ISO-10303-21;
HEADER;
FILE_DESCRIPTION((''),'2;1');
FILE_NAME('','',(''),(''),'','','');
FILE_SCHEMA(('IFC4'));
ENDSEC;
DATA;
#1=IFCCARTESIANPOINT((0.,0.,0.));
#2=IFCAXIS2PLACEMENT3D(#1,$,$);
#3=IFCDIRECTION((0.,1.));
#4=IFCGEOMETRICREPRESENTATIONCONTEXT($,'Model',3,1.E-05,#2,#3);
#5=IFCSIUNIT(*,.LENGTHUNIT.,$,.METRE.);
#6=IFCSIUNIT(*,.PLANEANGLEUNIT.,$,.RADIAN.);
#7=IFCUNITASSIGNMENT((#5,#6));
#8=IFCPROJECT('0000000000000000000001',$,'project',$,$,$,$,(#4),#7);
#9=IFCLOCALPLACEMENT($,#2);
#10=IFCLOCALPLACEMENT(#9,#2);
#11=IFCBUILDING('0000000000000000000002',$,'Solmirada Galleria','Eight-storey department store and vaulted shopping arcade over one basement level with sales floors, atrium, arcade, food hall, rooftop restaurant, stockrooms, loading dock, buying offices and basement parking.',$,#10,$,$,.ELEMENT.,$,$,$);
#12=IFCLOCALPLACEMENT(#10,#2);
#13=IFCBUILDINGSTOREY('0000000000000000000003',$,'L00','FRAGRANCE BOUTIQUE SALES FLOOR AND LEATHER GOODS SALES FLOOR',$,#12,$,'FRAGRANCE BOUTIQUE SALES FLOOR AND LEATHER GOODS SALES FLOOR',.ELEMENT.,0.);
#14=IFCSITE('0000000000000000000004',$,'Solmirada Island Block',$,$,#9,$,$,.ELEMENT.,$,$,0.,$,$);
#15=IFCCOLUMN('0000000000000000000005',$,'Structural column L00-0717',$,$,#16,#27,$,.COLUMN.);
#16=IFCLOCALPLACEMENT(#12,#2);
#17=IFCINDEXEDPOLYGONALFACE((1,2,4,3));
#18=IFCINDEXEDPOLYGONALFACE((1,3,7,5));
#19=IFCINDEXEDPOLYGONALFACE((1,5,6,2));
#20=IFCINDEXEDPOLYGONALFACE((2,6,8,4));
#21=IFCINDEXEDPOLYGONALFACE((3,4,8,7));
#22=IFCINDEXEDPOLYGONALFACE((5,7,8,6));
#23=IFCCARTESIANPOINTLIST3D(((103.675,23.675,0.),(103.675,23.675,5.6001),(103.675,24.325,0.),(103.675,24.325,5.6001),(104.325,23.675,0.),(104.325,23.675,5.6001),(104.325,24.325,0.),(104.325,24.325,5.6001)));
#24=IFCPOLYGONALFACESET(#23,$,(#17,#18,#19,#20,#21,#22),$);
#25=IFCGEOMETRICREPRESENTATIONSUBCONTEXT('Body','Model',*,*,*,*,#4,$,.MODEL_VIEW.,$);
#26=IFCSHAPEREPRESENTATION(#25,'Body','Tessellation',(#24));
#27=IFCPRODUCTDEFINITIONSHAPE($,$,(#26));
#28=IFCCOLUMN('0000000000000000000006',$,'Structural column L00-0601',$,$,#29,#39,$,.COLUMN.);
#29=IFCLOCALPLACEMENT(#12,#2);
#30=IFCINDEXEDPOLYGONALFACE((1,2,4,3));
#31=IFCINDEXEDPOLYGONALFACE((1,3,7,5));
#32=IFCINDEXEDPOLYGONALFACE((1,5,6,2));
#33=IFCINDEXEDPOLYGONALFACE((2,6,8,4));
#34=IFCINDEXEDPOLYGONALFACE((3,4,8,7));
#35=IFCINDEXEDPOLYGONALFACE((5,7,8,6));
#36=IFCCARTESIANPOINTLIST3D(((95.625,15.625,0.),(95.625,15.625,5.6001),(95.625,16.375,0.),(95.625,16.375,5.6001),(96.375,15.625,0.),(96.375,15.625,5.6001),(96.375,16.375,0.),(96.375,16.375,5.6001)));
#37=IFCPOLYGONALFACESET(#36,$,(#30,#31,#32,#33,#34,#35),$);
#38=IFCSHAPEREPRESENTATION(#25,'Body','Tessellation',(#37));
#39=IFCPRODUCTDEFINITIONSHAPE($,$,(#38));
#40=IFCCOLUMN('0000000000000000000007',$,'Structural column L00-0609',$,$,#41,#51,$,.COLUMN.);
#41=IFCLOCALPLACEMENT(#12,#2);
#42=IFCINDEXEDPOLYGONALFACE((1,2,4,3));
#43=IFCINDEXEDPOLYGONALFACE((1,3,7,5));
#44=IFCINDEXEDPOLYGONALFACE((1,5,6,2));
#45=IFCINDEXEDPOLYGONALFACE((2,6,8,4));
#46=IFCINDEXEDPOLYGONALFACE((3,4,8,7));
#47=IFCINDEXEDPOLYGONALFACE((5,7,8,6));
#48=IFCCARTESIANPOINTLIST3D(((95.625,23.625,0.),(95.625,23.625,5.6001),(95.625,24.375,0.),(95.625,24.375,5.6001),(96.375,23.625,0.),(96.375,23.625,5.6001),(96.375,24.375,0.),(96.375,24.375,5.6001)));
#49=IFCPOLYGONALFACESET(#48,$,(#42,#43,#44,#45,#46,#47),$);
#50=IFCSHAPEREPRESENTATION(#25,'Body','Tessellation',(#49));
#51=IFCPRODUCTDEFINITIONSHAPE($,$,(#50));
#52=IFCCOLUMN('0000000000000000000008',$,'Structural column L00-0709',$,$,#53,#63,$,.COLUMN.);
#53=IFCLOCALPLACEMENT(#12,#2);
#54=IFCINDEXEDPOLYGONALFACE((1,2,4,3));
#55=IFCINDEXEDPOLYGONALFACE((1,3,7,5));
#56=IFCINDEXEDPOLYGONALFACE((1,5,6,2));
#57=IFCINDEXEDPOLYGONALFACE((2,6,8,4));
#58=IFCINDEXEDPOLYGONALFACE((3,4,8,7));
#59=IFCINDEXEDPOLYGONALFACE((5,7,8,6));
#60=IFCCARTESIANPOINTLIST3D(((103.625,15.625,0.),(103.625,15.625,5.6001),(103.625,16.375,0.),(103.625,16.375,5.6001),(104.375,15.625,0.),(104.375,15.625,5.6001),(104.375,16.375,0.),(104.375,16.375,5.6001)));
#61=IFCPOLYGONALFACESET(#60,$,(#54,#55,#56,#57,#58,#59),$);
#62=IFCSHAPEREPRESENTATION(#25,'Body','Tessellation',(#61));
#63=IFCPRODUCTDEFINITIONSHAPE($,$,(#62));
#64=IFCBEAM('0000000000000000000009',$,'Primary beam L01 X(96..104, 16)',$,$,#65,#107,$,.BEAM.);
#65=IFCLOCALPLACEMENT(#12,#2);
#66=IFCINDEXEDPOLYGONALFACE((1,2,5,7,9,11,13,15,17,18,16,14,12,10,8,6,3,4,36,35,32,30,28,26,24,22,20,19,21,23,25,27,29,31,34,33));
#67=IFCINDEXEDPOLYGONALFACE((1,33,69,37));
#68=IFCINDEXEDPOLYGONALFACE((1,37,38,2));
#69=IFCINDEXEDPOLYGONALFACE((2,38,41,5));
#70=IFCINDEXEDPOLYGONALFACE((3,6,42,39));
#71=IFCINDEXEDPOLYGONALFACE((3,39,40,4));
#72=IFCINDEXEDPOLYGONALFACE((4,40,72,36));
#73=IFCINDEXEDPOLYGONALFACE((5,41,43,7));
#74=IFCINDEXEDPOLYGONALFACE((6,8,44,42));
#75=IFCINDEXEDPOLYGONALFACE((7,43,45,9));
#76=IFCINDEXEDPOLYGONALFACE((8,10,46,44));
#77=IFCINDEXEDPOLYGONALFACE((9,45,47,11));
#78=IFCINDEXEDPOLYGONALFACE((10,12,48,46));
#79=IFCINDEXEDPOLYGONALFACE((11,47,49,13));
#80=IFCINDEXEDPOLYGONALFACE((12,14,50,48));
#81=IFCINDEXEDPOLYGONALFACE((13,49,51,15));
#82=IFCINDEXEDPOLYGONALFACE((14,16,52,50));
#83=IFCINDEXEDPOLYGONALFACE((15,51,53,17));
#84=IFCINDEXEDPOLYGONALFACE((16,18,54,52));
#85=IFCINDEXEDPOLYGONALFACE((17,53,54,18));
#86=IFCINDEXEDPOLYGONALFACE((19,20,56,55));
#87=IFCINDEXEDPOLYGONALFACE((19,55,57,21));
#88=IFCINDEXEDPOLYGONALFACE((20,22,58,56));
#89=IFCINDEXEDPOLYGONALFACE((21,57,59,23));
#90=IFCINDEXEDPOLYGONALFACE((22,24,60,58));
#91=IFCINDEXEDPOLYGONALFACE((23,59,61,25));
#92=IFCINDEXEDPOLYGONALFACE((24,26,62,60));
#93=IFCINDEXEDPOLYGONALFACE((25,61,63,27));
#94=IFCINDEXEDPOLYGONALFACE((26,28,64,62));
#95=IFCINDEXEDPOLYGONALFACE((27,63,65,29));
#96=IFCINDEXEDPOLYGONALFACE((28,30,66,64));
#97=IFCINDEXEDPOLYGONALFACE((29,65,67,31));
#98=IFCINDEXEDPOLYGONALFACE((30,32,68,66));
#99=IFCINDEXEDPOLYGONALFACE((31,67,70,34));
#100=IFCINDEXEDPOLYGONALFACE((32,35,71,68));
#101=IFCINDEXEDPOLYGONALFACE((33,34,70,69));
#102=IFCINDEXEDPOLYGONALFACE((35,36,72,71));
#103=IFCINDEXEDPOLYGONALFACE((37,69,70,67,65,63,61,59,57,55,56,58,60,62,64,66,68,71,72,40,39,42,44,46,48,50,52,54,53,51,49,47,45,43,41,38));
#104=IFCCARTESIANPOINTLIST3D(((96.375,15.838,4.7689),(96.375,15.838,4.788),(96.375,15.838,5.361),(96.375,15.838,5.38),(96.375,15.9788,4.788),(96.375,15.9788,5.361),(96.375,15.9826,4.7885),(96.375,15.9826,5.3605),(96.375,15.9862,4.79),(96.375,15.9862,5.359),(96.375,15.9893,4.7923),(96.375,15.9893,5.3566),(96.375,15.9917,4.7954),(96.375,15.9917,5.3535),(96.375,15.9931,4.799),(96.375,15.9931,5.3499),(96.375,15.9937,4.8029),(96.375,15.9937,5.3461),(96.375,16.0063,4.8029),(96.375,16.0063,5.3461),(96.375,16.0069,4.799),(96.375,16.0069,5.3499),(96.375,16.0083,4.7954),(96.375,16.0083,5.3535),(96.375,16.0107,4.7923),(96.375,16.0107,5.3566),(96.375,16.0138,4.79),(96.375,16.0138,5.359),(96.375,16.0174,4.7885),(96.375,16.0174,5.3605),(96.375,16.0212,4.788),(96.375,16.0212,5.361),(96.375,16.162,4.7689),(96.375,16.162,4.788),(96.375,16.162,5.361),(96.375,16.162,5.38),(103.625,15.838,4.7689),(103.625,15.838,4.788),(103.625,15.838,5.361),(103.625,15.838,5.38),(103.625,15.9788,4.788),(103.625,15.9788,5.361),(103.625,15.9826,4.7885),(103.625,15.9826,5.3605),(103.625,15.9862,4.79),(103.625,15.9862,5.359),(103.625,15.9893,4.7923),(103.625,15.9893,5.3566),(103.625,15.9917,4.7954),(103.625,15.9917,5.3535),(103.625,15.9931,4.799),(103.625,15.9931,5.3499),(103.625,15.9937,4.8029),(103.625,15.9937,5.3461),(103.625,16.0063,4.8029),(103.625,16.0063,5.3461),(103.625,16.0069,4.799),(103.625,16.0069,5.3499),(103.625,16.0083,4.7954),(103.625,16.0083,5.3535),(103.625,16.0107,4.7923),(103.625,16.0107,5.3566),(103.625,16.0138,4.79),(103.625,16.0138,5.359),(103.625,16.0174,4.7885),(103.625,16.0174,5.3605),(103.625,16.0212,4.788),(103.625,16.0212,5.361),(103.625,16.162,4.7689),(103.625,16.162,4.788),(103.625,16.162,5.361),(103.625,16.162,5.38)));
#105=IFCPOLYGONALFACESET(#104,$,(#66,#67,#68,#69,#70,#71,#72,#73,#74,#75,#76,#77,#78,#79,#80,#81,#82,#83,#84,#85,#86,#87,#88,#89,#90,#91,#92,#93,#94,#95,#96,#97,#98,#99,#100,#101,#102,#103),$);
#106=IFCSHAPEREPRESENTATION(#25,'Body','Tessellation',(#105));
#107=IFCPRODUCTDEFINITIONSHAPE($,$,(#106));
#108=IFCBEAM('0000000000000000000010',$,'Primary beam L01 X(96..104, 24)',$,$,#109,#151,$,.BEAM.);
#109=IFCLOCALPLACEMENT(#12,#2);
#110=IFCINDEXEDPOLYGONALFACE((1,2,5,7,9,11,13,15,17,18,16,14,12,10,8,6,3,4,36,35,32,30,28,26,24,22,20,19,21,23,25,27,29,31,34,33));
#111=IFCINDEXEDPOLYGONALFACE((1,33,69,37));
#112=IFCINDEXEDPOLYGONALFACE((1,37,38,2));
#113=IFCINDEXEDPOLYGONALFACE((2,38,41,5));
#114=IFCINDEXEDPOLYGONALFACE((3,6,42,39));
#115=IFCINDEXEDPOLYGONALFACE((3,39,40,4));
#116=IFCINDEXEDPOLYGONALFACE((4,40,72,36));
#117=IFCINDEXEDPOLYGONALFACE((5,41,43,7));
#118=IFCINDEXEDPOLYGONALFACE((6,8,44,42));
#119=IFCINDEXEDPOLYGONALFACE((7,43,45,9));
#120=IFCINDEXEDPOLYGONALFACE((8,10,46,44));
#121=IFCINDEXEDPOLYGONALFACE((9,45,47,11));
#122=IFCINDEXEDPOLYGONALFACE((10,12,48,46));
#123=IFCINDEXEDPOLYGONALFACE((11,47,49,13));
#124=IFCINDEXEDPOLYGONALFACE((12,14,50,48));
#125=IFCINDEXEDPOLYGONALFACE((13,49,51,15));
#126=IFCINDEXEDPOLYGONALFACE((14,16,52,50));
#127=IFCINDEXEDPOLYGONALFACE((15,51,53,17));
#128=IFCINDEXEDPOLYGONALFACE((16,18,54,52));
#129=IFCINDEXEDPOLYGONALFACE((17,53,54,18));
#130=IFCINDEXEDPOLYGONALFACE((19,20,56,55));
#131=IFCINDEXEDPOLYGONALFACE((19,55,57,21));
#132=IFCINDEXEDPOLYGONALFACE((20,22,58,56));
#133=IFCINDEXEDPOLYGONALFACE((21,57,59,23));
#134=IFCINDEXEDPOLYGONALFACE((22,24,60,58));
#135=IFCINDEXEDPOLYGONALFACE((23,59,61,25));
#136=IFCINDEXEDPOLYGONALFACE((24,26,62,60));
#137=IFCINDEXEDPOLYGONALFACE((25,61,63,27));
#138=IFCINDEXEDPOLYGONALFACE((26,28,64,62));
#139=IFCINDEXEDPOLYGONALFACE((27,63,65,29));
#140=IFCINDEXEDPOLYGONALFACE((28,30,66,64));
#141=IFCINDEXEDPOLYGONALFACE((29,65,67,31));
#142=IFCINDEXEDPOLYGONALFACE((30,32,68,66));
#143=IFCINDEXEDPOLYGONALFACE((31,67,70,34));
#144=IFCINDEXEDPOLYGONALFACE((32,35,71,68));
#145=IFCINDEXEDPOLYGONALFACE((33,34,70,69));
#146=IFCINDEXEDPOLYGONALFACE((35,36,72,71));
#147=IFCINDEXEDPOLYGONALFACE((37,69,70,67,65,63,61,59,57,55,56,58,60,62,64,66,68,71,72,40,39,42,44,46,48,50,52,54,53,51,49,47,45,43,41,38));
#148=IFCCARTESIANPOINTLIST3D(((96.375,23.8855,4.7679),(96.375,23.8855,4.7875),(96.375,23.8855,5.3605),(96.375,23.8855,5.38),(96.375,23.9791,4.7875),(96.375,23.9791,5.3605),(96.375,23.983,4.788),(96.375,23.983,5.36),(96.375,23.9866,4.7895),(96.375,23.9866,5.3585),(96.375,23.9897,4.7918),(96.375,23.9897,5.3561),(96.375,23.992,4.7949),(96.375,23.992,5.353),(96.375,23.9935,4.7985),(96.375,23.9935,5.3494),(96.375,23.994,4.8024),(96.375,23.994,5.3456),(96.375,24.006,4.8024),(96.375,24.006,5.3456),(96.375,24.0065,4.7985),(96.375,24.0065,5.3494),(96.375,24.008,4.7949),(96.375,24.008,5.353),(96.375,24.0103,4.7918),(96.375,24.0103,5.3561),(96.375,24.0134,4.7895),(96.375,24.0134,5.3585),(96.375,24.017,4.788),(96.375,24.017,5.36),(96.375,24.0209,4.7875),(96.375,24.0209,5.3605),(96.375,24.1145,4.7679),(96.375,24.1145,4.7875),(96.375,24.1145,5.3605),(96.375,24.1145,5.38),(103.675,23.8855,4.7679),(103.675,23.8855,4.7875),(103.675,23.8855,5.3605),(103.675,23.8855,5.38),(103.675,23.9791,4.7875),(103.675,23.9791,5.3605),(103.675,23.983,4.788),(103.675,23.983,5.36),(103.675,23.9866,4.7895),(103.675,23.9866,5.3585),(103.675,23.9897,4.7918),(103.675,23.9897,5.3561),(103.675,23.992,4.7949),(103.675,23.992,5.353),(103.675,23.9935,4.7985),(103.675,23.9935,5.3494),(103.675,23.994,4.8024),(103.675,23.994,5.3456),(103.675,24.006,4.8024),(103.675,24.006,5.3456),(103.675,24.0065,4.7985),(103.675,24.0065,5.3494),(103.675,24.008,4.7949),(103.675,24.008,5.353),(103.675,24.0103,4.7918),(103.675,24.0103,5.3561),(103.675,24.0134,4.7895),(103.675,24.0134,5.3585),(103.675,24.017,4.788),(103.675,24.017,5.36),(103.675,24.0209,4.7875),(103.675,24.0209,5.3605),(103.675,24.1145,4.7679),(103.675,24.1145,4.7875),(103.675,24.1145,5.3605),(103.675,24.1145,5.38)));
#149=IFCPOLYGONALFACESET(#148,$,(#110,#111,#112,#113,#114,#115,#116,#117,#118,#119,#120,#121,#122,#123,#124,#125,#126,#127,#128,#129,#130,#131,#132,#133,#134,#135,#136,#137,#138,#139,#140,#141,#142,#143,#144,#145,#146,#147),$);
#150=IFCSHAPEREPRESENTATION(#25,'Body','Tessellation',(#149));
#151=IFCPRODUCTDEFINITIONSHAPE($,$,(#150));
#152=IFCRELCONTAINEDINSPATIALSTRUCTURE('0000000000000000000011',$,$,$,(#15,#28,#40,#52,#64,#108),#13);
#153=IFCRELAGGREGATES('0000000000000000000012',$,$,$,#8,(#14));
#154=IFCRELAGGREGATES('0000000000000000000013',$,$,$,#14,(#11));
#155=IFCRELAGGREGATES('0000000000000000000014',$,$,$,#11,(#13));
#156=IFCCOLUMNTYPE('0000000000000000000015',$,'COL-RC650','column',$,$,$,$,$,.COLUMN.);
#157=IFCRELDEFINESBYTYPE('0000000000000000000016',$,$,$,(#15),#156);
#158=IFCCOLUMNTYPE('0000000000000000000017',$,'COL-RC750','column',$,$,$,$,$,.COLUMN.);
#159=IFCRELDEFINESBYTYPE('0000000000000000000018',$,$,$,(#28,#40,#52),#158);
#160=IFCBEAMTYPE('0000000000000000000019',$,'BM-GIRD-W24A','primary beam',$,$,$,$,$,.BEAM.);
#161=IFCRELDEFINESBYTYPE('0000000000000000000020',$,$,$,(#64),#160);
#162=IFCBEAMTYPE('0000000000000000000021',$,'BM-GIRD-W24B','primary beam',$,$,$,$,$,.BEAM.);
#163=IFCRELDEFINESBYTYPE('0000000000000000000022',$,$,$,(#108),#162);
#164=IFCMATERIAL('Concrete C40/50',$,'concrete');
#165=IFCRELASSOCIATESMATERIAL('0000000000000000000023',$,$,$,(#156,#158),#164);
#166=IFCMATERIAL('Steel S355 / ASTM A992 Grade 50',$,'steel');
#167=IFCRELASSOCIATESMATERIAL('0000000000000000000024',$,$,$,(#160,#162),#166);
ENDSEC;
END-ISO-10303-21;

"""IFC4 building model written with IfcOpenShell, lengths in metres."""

from ifc_helpers import new_model, si_unit, direction, frame, origin, origin_2d, place, context, subcontext, project, spatial, rectangle, i_section, extrude, material, material_profile, profile_set, type_object, element, save


model = new_model("IFC4")

# Units and contexts
model_context = context("Model", 3, precision=1e-05, world=origin(), true_north=direction((0.0, 1.0)))
body_context = subcontext(model_context, "Body", "Model", "MODEL_VIEW")
ifc_project = project(units=[si_unit("LENGTHUNIT", "METRE"), si_unit("PLANEANGLEUNIT", "RADIAN")], contexts=[model_context])

# Site, building, storey
site_placement = place(None, origin())
site = spatial("IfcSite", under=ifc_project, at=site_placement, Name="Solmirada Island Block", CompositionType="ELEMENT", RefElevation=0.0)
building_placement = place(site_placement, origin())
building = spatial("IfcBuilding", under=site, at=building_placement, Name="Solmirada Galleria", Description="Eight-storey department store and vaulted shopping arcade over one basement level with sales floors, atrium, arcade, food hall, rooftop restaurant, stockrooms, loading dock, buying offices and basement parking.", CompositionType="ELEMENT")
storey_placement = place(building_placement, origin())
storey = spatial("IfcBuildingStorey", under=building, at=storey_placement, Name="L00", Description="FRAGRANCE BOUTIQUE SALES FLOOR AND LEATHER GOODS SALES FLOOR", LongName="FRAGRANCE BOUTIQUE SALES FLOOR AND LEATHER GOODS SALES FLOOR", CompositionType="ELEMENT", Elevation=0.0)

# Columns
ifc_material_1 = material(Name="Concrete C40/50", Category="concrete")
ifc_material_profile_1 = material_profile(ifc_material_1, rectangle(XDim=0.6499, YDim=0.6499, at=origin_2d()), Name="RC650X650")
ifc_profile_set_1 = profile_set([ifc_material_profile_1], Name="Concrete C40/50")
column_type_1 = type_object("IfcColumnType", Name="COL-RC650", Description="column", PredefinedType="COLUMN", material=ifc_profile_set_1)
column_placement = place(storey_placement, frame((104.0, 24.0, 0.0), z_axis=(0.0, 0.0, 1.0), x_axis=(1.0, 0.0, 0.0)))
element("IfcColumn", 1, at=column_placement, inside=storey, type_object=column_type_1, Name="Structural column L00-0717", PredefinedType="COLUMN", context=body_context, shape_type="SweptSolid", body=[
    extrude(rectangle(XDim=0.6499, YDim=0.6499, at=origin_2d()), origin(), (0.0, 0.0, 1.0), 5.6001),
])
ifc_material_profile_2 = material_profile(ifc_material_1, rectangle(XDim=0.75, YDim=0.75, at=origin_2d()), Name="RC750X750")
ifc_profile_set_2 = profile_set([ifc_material_profile_2], Name="Concrete C40/50")
column_type_2 = type_object("IfcColumnType", Name="COL-RC750", Description="column", PredefinedType="COLUMN", material=ifc_profile_set_2)
for number, where, z_axis, x_axis, name in (
    (2, (96.0, 16.0, 0.0), (0.0, 0.0, 1.0), (1.0, 0.0, 0.0), "Structural column L00-0601"),
    (3, (96.0, 24.0, 0.0), (0.0, 0.0, 1.0), (1.0, 0.0, 0.0), "Structural column L00-0609"),
    (4, (104.0, 16.0, 0.0), (0.0, 0.0, 1.0), (1.0, 0.0, 0.0), "Structural column L00-0709"),
):
    element("IfcColumn", number, at=place(storey_placement, frame(where, z_axis=z_axis, x_axis=x_axis)), inside=storey, type_object=column_type_2, Name=name, PredefinedType="COLUMN", context=body_context, shape_type="SweptSolid", body=[
        extrude(rectangle(XDim=0.75, YDim=0.75, at=origin_2d()), origin(), (0.0, 0.0, 1.0), 5.6001),
    ])

# Beams
ifc_material_2 = material(Name="Steel S355 / ASTM A992 Grade 50", Category="steel")
ifc_material_profile_3 = material_profile(ifc_material_2, i_section(OverallWidth=0.324, OverallDepth=0.6111, WebThickness=0.0127, FlangeThickness=0.019, FilletRadius=0.0149, at=origin_2d()), Name="W24X104")
ifc_profile_set_3 = profile_set([ifc_material_profile_3], Name="Steel S355 / ASTM A992 Grade 50")
beam_type_1 = type_object("IfcBeamType", Name="BM-GIRD-W24A", Description="primary beam", PredefinedType="BEAM", material=ifc_profile_set_3)
beam_1_placement = place(storey_placement, frame((96.375, 16.0, 5.0745), z_axis=(1.0, 0.0, 0.0), x_axis=(0.0, 1.0, 0.0)))
element("IfcBeam", 5, at=beam_1_placement, inside=storey, type_object=beam_type_1, Name="Primary beam L01 X(96..104, 16)", PredefinedType="BEAM", context=body_context, shape_type="SweptSolid", body=[
    extrude(i_section(OverallWidth=0.324, OverallDepth=0.6111, WebThickness=0.0127, FlangeThickness=0.019, FilletRadius=0.0149, at=origin_2d()), origin(), (0.0, 0.0, 1.0), 7.25),
])
ifc_material_profile_4 = material_profile(ifc_material_2, i_section(OverallWidth=0.229, OverallDepth=0.6121, WebThickness=0.012, FlangeThickness=0.0195, FilletRadius=0.0149, at=origin_2d()), Name="W24X84")
ifc_profile_set_4 = profile_set([ifc_material_profile_4], Name="Steel S355 / ASTM A992 Grade 50")
beam_type_2 = type_object("IfcBeamType", Name="BM-GIRD-W24B", Description="primary beam", PredefinedType="BEAM", material=ifc_profile_set_4)
beam_2_placement = place(storey_placement, frame((96.375, 24.0, 5.074), z_axis=(1.0, 0.0, 0.0), x_axis=(0.0, 1.0, 0.0)))
element("IfcBeam", 6, at=beam_2_placement, inside=storey, type_object=beam_type_2, Name="Primary beam L01 X(96..104, 24)", PredefinedType="BEAM", context=body_context, shape_type="SweptSolid", body=[
    extrude(i_section(OverallWidth=0.229, OverallDepth=0.6121, WebThickness=0.012, FlangeThickness=0.0195, FilletRadius=0.0149, at=origin_2d()), origin(), (0.0, 0.0, 1.0), 7.3),
])

save(model, "model.ifc")
